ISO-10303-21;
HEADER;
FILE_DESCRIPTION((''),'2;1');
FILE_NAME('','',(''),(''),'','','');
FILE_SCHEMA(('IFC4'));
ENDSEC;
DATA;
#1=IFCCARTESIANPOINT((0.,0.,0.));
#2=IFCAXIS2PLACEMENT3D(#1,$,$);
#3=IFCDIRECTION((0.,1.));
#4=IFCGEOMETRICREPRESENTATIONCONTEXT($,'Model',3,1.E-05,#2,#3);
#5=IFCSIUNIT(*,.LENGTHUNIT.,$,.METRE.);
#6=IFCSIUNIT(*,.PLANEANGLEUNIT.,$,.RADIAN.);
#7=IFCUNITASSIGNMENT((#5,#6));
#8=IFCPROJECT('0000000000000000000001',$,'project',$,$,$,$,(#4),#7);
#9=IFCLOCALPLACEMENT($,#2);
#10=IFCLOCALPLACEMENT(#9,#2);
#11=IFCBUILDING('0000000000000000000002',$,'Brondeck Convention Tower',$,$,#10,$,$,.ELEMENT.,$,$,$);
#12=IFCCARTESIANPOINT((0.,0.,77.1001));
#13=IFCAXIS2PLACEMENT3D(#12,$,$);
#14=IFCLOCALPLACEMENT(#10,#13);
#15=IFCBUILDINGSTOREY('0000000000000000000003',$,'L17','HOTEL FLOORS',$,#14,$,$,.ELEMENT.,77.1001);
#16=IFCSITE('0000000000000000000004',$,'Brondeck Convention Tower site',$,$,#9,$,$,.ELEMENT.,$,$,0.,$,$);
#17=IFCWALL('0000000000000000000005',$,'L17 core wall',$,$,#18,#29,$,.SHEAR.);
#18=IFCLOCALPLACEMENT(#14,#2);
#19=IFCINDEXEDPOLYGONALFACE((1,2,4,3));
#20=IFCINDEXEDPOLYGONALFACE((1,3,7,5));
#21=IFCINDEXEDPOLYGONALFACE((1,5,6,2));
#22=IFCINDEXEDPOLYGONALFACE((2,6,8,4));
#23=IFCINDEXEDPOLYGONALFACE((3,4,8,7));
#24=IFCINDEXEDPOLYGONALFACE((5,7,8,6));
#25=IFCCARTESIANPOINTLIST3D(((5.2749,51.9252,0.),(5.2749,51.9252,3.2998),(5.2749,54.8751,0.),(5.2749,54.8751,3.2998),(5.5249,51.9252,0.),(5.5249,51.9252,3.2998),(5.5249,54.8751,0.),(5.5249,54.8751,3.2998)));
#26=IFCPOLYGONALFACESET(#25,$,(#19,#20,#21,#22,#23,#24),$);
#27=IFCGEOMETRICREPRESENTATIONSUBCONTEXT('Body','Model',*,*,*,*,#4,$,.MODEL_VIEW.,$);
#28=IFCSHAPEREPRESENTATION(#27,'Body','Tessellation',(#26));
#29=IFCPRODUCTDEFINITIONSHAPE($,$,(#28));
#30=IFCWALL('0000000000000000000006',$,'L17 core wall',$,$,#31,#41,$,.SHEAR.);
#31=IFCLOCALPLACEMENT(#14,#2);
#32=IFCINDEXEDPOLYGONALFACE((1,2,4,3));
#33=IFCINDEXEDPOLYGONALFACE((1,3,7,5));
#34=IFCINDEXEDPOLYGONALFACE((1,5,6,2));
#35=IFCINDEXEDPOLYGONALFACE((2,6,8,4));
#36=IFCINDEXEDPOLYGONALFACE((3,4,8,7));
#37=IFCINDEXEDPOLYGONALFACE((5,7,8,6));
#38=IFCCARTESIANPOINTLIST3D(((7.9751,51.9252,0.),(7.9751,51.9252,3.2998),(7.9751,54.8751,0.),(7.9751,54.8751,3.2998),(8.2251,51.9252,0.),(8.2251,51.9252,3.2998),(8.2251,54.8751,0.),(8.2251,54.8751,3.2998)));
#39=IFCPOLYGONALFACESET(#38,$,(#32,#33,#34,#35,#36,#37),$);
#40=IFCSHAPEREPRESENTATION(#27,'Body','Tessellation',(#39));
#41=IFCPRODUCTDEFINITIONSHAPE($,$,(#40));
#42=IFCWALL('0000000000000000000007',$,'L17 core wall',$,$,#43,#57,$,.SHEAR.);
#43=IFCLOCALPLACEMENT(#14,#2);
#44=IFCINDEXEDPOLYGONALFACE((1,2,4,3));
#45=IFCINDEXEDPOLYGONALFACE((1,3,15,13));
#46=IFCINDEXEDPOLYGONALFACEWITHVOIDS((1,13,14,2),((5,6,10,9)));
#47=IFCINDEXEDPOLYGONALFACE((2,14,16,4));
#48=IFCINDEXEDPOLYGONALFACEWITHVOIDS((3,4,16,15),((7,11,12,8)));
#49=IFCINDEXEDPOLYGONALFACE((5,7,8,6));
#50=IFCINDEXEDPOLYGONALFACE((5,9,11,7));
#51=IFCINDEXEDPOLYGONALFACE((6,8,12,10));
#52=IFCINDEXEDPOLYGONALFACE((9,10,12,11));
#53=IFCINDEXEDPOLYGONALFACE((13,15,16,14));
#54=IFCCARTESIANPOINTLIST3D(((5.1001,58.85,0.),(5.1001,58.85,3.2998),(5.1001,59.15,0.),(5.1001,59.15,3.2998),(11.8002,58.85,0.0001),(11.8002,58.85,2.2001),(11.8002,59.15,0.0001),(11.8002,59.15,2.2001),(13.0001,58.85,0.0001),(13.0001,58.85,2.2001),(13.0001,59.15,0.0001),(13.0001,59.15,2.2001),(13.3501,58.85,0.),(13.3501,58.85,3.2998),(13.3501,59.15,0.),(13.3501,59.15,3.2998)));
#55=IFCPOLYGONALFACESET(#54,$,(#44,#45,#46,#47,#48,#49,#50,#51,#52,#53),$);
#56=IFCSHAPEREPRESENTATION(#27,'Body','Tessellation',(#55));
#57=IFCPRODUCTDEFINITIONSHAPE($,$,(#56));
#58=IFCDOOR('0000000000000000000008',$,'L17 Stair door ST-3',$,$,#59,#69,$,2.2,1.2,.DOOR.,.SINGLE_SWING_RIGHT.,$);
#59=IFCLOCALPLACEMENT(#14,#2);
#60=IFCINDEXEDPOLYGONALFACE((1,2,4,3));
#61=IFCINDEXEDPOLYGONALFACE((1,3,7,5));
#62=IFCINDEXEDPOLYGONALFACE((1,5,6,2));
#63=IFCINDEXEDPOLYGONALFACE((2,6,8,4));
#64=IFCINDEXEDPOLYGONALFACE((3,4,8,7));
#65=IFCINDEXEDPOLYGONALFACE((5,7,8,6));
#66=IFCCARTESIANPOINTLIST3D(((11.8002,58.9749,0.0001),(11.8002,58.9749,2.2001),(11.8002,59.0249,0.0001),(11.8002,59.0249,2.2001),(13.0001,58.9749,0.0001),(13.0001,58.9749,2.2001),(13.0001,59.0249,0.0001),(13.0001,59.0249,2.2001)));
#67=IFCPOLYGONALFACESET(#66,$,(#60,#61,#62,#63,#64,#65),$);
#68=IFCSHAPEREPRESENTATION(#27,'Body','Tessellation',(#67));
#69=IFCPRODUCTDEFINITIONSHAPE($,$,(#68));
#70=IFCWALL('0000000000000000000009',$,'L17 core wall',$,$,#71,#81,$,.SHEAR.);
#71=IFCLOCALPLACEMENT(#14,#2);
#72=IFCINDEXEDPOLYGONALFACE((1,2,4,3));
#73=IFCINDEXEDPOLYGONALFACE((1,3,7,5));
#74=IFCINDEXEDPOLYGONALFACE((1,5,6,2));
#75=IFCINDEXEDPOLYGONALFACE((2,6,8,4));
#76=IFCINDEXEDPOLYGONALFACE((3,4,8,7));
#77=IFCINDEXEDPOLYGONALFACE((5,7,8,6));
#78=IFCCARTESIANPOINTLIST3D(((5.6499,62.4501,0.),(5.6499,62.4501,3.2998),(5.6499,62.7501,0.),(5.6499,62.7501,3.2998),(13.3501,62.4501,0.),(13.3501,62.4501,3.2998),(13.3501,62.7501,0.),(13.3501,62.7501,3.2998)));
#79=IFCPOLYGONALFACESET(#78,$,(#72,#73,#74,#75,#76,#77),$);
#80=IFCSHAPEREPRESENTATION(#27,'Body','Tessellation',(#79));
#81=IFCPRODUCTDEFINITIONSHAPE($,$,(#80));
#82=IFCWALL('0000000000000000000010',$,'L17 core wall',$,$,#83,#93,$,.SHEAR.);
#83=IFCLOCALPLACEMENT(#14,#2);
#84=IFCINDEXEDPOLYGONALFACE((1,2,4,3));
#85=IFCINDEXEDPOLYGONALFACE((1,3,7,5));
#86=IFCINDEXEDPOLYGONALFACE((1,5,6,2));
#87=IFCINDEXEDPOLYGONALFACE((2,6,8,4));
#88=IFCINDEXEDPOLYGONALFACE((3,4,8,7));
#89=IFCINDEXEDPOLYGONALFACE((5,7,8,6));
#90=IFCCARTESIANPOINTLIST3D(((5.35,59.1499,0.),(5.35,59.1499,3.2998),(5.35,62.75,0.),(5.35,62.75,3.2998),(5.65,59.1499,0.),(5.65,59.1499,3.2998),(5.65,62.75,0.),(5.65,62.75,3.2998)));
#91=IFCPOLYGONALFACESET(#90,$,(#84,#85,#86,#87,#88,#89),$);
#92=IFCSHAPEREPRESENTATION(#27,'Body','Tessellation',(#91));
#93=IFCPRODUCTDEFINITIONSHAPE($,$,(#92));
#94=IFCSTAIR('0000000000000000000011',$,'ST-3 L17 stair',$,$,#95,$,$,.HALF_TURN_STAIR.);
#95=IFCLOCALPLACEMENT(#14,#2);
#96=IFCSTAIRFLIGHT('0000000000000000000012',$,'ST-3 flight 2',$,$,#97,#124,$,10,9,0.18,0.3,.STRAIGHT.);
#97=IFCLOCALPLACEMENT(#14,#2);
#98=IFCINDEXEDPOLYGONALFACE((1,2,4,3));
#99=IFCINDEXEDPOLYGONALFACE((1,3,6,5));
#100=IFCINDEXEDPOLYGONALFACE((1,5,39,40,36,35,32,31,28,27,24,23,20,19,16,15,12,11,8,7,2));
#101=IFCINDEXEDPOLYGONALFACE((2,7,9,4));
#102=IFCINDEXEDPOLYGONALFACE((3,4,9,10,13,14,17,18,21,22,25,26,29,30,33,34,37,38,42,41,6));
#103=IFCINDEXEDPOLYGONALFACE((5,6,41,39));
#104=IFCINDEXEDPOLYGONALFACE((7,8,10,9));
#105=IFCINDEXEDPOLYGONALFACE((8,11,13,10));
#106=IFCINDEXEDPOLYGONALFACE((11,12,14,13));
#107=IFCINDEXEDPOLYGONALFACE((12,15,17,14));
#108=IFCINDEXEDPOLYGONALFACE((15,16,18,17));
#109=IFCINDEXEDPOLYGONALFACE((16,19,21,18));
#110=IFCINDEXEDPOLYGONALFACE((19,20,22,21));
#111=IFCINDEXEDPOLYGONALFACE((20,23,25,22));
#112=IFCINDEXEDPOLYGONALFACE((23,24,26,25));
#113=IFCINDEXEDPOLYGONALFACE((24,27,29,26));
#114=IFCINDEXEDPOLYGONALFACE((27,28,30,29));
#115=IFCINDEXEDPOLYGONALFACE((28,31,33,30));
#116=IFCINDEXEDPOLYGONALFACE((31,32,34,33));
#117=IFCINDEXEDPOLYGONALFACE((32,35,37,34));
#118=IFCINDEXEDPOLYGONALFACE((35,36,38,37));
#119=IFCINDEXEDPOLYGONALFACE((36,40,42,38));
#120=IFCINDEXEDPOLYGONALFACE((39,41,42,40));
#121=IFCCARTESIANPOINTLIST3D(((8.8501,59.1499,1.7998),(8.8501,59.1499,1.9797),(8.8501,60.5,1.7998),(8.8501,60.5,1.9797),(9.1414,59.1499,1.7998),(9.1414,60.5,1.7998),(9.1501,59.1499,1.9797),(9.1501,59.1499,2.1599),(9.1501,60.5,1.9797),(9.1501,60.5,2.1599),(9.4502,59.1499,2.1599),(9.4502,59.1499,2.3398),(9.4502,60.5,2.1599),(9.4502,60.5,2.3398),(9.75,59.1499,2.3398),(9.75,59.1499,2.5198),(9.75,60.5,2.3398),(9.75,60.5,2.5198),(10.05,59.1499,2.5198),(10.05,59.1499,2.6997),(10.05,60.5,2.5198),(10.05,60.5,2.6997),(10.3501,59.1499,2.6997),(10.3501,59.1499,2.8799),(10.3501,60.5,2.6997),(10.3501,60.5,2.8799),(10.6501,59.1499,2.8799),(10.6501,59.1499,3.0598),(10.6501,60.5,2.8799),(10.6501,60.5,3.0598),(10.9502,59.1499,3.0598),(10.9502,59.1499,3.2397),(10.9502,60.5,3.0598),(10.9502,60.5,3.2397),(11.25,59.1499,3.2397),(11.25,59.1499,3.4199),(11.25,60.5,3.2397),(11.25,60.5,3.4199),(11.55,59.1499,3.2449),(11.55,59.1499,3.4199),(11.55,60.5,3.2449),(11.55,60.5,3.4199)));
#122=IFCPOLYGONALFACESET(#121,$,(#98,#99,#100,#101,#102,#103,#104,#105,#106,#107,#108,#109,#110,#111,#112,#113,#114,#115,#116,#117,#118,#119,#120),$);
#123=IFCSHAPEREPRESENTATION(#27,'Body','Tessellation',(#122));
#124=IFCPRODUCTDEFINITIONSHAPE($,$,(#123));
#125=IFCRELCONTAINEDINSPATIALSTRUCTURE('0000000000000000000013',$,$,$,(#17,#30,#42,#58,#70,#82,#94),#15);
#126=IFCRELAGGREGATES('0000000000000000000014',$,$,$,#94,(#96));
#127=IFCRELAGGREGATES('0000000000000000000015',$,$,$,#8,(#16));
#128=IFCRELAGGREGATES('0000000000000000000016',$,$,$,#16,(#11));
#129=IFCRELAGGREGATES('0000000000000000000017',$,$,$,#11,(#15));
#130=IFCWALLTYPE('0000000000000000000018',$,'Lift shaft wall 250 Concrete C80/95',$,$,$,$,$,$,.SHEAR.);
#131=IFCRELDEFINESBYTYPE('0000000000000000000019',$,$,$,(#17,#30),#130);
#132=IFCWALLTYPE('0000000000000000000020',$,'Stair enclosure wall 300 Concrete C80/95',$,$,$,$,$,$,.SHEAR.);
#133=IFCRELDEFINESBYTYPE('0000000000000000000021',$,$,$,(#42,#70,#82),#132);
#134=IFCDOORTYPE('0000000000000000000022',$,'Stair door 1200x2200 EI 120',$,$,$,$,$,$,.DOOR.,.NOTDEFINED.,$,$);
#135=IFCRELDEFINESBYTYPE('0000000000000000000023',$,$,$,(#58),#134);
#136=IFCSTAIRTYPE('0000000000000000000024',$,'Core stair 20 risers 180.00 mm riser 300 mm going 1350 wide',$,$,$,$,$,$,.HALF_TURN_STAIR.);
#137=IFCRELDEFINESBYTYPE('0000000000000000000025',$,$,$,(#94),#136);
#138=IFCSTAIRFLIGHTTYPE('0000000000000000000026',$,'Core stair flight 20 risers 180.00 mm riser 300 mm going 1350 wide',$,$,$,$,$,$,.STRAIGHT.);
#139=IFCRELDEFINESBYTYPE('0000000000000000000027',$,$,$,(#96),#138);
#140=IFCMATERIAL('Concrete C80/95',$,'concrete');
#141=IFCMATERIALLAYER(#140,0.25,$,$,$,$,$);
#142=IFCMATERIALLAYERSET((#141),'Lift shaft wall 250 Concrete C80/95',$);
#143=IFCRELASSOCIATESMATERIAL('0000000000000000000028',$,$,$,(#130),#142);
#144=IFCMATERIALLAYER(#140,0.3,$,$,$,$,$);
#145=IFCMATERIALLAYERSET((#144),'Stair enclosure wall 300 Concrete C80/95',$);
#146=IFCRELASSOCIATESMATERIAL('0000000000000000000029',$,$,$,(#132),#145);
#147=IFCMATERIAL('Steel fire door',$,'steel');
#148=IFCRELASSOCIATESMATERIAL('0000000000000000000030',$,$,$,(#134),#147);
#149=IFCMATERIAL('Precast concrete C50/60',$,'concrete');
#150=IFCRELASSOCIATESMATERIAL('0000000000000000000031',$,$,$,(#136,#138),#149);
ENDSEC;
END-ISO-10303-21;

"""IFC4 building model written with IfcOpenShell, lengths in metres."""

from ifc_helpers import new_model, si_unit, direction, frame, frame_2d, origin, place, context, subcontext, project, spatial, polyline, rectangle, outline, extrude, material, layer, layer_set, type_object, element, fill, aggregate, save


model = new_model("IFC4")

# Units and contexts
model_context = context("Model", 3, precision=1e-05, world=origin(), true_north=direction((0.0, 1.0)))
body_context = subcontext(model_context, "Body", "Model", "MODEL_VIEW")
ifc_project = project(units=[si_unit("LENGTHUNIT", "METRE"), si_unit("PLANEANGLEUNIT", "RADIAN")], contexts=[model_context])

# Site, building, storey
site_placement = place(None, origin())
site = spatial("IfcSite", under=ifc_project, at=site_placement, Name="Brondeck Convention Tower site", CompositionType="ELEMENT", RefElevation=0.0)
building_placement = place(site_placement, origin())
building = spatial("IfcBuilding", under=site, at=building_placement, Name="Brondeck Convention Tower", CompositionType="ELEMENT")
storey_placement = place(building_placement, frame((0.0, 0.0, 77.1001)))
storey = spatial("IfcBuildingStorey", under=building, at=storey_placement, Name="L17", Description="HOTEL FLOORS", CompositionType="ELEMENT", Elevation=77.1001)

# Shared definitions
ifc_material_1 = material(Name="Concrete C80/95", Category="concrete")

# Shared definitions
ifc_material_2 = material(Name="Steel fire door", Category="steel")

# Shared definitions
ifc_layer_1 = layer(ifc_material_1, 0.25)
ifc_layer_set_1 = layer_set([ifc_layer_1], Name="Lift shaft wall 250 Concrete C80/95")
wall_type_1 = type_object("IfcWallType", Name="Lift shaft wall 250 Concrete C80/95", PredefinedType="SHEAR", material=ifc_layer_set_1)

# Walls
for number, where, z_axis, x_axis, name in (
    (1, (5.3999, 51.925, 0.0), (0.0, 0.0, 1.0), (0.0, 1.0, 0.0), "L17 core wall"),
    (2, (8.1001, 51.925, 0.0), (0.0, 0.0, 1.0), (0.0, 1.0, 0.0), "L17 core wall"),
):
    element("IfcWall", number, at=place(storey_placement, frame(where, z_axis=z_axis, x_axis=x_axis)), inside=storey, type_object=wall_type_1, Name=name, PredefinedType="SHEAR", context=body_context, shape_type="SweptSolid", body=[
        extrude(rectangle(XDim=2.95, YDim=0.25, at=frame_2d((1.4751, 0.0))), origin(), (0.0, 0.0, 1.0), 3.2998),
    ])

# Wall, opening, door
ifc_layer_2 = layer(ifc_material_1, 0.3)
ifc_layer_set_2 = layer_set([ifc_layer_2], Name="Stair enclosure wall 300 Concrete C80/95")
wall_type_2 = type_object("IfcWallType", Name="Stair enclosure wall 300 Concrete C80/95", PredefinedType="SHEAR", material=ifc_layer_set_2)
wall_1_placement = place(storey_placement, frame((5.1001, 59.0, 0.0), z_axis=(0.0, 0.0, 1.0), x_axis=(1.0, 0.0, 0.0)))
wall_1 = element("IfcWall", 3, at=wall_1_placement, inside=storey, type_object=wall_type_2, Name="L17 core wall", PredefinedType="SHEAR", context=body_context, shape_type="SweptSolid", body=[
    extrude(rectangle(XDim=8.25, YDim=0.3, at=frame_2d((4.125, 0.0))), origin(), (0.0, 0.0, 1.0), 3.2998),
])
opening_1_placement = place(wall_1_placement, frame((6.7, 0.0, 0.0)))
opening_1 = element("IfcOpeningElement", 4, at=opening_1_placement, cuts=wall_1, PredefinedType="OPENING", context=body_context, shape_type="SweptSolid", body=[
    extrude(rectangle(XDim=1.2, YDim=2.2, at=frame_2d((0.6001, 1.1001))), frame((0.0, 0.1599, 0.0), z_axis=(0.0, -1.0, 0.0), x_axis=(1.0, 0.0, 0.0)), (0.0, 0.0, 1.0), 0.3201),
])
door_type_1 = type_object("IfcDoorType", Name="Stair door 1200x2200 EI 120", OperationType="NOTDEFINED", PredefinedType="DOOR", material=ifc_material_2)
door_1_placement = place(opening_1_placement, origin())
door_1 = element("IfcDoor", 5, at=door_1_placement, inside=storey, type_object=door_type_1, Name="L17 Stair door ST-3", OperationType="SINGLE_SWING_RIGHT", OverallHeight=2.2, OverallWidth=1.2, PredefinedType="DOOR", context=body_context, shape_type="SweptSolid", body=[
    extrude(rectangle(XDim=1.2, YDim=2.2, at=frame_2d((0.6001, 1.1001))), frame((0.0, 0.0249, 0.0), z_axis=(0.0, -1.0, 0.0), x_axis=(1.0, 0.0, 0.0)), (0.0, 0.0, 1.0), 0.05),
])
fill(opening_1, door_1)

# Walls
wall_2_placement = place(storey_placement, frame((5.6499, 62.6001, 0.0), z_axis=(0.0, 0.0, 1.0), x_axis=(1.0, 0.0, 0.0)))
element("IfcWall", 6, at=wall_2_placement, inside=storey, type_object=wall_type_2, Name="L17 core wall", PredefinedType="SHEAR", context=body_context, shape_type="SweptSolid", body=[
    extrude(rectangle(XDim=7.7002, YDim=0.3, at=frame_2d((3.8501, 0.0))), origin(), (0.0, 0.0, 1.0), 3.2998),
])
wall_3_placement = place(storey_placement, frame((5.5, 59.1499, 0.0), z_axis=(0.0, 0.0, 1.0), x_axis=(0.0, 1.0, 0.0)))
element("IfcWall", 7, at=wall_3_placement, inside=storey, type_object=wall_type_2, Name="L17 core wall", PredefinedType="SHEAR", context=body_context, shape_type="SweptSolid", body=[
    extrude(rectangle(XDim=3.6001, YDim=0.3, at=frame_2d((1.8, 0.0))), origin(), (0.0, 0.0, 1.0), 3.2998),
])

# Stair, stair flight
ifc_material_3 = material(Name="Precast concrete C50/60", Category="concrete")
stair_type = type_object("IfcStairType", Name="Core stair 20 risers 180.00 mm riser 300 mm going 1350 wide", PredefinedType="HALF_TURN_STAIR", material=ifc_material_3)
stair_placement = place(storey_placement, origin())
stair = element("IfcStair", 8, at=stair_placement, inside=storey, type_object=stair_type, Name="ST-3 L17 stair", PredefinedType="HALF_TURN_STAIR")
stair_flight_type = type_object("IfcStairFlightType", Name="Core stair flight 20 risers 180.00 mm riser 300 mm going 1350 wide", PredefinedType="STRAIGHT", material=ifc_material_3)
stair_flight_placement = place(storey_placement, frame((8.8501, 59.825, 1.7998), z_axis=(0.0, 0.0, 1.0), x_axis=(1.0, 0.0, 0.0)))
stair_flight = element("IfcStairFlight", 9, at=stair_flight_placement, type_object=stair_flight_type, Name="ST-3 flight 2", NumberOfRisers=10, NumberOfTreads=9, PredefinedType="STRAIGHT", RiserHeight=0.18, TreadLength=0.3, context=body_context, shape_type="SweptSolid", body=[
    extrude(outline(polyline([(0.0, 0.0), (0.0, 0.1799), (0.3, 0.1799), (0.3, 0.3601), (0.6001, 0.3601), (0.6001, 0.54), (0.8999, 0.54), (0.8999, 0.72), (1.2, 0.72), (1.2, 0.8999), (1.5, 0.8999), (1.5, 1.0801), (1.8, 1.0801), (1.8, 1.26), (2.1001, 1.26), (2.1001, 1.4399), (2.3999, 1.4399), (2.3999, 1.6201), (2.7, 1.6201), (2.7, 1.8), (2.7, 1.4451), (0.2913, 0.0), (0.0, 0.0)])), frame((0.0, 0.675, 0.0), z_axis=(0.0, -1.0, 0.0), x_axis=(1.0, 0.0, 0.0)), (0.0, 0.0, 1.0), 1.3501),
])
aggregate(stair, [stair_flight])

save(model, "model.ifc")
